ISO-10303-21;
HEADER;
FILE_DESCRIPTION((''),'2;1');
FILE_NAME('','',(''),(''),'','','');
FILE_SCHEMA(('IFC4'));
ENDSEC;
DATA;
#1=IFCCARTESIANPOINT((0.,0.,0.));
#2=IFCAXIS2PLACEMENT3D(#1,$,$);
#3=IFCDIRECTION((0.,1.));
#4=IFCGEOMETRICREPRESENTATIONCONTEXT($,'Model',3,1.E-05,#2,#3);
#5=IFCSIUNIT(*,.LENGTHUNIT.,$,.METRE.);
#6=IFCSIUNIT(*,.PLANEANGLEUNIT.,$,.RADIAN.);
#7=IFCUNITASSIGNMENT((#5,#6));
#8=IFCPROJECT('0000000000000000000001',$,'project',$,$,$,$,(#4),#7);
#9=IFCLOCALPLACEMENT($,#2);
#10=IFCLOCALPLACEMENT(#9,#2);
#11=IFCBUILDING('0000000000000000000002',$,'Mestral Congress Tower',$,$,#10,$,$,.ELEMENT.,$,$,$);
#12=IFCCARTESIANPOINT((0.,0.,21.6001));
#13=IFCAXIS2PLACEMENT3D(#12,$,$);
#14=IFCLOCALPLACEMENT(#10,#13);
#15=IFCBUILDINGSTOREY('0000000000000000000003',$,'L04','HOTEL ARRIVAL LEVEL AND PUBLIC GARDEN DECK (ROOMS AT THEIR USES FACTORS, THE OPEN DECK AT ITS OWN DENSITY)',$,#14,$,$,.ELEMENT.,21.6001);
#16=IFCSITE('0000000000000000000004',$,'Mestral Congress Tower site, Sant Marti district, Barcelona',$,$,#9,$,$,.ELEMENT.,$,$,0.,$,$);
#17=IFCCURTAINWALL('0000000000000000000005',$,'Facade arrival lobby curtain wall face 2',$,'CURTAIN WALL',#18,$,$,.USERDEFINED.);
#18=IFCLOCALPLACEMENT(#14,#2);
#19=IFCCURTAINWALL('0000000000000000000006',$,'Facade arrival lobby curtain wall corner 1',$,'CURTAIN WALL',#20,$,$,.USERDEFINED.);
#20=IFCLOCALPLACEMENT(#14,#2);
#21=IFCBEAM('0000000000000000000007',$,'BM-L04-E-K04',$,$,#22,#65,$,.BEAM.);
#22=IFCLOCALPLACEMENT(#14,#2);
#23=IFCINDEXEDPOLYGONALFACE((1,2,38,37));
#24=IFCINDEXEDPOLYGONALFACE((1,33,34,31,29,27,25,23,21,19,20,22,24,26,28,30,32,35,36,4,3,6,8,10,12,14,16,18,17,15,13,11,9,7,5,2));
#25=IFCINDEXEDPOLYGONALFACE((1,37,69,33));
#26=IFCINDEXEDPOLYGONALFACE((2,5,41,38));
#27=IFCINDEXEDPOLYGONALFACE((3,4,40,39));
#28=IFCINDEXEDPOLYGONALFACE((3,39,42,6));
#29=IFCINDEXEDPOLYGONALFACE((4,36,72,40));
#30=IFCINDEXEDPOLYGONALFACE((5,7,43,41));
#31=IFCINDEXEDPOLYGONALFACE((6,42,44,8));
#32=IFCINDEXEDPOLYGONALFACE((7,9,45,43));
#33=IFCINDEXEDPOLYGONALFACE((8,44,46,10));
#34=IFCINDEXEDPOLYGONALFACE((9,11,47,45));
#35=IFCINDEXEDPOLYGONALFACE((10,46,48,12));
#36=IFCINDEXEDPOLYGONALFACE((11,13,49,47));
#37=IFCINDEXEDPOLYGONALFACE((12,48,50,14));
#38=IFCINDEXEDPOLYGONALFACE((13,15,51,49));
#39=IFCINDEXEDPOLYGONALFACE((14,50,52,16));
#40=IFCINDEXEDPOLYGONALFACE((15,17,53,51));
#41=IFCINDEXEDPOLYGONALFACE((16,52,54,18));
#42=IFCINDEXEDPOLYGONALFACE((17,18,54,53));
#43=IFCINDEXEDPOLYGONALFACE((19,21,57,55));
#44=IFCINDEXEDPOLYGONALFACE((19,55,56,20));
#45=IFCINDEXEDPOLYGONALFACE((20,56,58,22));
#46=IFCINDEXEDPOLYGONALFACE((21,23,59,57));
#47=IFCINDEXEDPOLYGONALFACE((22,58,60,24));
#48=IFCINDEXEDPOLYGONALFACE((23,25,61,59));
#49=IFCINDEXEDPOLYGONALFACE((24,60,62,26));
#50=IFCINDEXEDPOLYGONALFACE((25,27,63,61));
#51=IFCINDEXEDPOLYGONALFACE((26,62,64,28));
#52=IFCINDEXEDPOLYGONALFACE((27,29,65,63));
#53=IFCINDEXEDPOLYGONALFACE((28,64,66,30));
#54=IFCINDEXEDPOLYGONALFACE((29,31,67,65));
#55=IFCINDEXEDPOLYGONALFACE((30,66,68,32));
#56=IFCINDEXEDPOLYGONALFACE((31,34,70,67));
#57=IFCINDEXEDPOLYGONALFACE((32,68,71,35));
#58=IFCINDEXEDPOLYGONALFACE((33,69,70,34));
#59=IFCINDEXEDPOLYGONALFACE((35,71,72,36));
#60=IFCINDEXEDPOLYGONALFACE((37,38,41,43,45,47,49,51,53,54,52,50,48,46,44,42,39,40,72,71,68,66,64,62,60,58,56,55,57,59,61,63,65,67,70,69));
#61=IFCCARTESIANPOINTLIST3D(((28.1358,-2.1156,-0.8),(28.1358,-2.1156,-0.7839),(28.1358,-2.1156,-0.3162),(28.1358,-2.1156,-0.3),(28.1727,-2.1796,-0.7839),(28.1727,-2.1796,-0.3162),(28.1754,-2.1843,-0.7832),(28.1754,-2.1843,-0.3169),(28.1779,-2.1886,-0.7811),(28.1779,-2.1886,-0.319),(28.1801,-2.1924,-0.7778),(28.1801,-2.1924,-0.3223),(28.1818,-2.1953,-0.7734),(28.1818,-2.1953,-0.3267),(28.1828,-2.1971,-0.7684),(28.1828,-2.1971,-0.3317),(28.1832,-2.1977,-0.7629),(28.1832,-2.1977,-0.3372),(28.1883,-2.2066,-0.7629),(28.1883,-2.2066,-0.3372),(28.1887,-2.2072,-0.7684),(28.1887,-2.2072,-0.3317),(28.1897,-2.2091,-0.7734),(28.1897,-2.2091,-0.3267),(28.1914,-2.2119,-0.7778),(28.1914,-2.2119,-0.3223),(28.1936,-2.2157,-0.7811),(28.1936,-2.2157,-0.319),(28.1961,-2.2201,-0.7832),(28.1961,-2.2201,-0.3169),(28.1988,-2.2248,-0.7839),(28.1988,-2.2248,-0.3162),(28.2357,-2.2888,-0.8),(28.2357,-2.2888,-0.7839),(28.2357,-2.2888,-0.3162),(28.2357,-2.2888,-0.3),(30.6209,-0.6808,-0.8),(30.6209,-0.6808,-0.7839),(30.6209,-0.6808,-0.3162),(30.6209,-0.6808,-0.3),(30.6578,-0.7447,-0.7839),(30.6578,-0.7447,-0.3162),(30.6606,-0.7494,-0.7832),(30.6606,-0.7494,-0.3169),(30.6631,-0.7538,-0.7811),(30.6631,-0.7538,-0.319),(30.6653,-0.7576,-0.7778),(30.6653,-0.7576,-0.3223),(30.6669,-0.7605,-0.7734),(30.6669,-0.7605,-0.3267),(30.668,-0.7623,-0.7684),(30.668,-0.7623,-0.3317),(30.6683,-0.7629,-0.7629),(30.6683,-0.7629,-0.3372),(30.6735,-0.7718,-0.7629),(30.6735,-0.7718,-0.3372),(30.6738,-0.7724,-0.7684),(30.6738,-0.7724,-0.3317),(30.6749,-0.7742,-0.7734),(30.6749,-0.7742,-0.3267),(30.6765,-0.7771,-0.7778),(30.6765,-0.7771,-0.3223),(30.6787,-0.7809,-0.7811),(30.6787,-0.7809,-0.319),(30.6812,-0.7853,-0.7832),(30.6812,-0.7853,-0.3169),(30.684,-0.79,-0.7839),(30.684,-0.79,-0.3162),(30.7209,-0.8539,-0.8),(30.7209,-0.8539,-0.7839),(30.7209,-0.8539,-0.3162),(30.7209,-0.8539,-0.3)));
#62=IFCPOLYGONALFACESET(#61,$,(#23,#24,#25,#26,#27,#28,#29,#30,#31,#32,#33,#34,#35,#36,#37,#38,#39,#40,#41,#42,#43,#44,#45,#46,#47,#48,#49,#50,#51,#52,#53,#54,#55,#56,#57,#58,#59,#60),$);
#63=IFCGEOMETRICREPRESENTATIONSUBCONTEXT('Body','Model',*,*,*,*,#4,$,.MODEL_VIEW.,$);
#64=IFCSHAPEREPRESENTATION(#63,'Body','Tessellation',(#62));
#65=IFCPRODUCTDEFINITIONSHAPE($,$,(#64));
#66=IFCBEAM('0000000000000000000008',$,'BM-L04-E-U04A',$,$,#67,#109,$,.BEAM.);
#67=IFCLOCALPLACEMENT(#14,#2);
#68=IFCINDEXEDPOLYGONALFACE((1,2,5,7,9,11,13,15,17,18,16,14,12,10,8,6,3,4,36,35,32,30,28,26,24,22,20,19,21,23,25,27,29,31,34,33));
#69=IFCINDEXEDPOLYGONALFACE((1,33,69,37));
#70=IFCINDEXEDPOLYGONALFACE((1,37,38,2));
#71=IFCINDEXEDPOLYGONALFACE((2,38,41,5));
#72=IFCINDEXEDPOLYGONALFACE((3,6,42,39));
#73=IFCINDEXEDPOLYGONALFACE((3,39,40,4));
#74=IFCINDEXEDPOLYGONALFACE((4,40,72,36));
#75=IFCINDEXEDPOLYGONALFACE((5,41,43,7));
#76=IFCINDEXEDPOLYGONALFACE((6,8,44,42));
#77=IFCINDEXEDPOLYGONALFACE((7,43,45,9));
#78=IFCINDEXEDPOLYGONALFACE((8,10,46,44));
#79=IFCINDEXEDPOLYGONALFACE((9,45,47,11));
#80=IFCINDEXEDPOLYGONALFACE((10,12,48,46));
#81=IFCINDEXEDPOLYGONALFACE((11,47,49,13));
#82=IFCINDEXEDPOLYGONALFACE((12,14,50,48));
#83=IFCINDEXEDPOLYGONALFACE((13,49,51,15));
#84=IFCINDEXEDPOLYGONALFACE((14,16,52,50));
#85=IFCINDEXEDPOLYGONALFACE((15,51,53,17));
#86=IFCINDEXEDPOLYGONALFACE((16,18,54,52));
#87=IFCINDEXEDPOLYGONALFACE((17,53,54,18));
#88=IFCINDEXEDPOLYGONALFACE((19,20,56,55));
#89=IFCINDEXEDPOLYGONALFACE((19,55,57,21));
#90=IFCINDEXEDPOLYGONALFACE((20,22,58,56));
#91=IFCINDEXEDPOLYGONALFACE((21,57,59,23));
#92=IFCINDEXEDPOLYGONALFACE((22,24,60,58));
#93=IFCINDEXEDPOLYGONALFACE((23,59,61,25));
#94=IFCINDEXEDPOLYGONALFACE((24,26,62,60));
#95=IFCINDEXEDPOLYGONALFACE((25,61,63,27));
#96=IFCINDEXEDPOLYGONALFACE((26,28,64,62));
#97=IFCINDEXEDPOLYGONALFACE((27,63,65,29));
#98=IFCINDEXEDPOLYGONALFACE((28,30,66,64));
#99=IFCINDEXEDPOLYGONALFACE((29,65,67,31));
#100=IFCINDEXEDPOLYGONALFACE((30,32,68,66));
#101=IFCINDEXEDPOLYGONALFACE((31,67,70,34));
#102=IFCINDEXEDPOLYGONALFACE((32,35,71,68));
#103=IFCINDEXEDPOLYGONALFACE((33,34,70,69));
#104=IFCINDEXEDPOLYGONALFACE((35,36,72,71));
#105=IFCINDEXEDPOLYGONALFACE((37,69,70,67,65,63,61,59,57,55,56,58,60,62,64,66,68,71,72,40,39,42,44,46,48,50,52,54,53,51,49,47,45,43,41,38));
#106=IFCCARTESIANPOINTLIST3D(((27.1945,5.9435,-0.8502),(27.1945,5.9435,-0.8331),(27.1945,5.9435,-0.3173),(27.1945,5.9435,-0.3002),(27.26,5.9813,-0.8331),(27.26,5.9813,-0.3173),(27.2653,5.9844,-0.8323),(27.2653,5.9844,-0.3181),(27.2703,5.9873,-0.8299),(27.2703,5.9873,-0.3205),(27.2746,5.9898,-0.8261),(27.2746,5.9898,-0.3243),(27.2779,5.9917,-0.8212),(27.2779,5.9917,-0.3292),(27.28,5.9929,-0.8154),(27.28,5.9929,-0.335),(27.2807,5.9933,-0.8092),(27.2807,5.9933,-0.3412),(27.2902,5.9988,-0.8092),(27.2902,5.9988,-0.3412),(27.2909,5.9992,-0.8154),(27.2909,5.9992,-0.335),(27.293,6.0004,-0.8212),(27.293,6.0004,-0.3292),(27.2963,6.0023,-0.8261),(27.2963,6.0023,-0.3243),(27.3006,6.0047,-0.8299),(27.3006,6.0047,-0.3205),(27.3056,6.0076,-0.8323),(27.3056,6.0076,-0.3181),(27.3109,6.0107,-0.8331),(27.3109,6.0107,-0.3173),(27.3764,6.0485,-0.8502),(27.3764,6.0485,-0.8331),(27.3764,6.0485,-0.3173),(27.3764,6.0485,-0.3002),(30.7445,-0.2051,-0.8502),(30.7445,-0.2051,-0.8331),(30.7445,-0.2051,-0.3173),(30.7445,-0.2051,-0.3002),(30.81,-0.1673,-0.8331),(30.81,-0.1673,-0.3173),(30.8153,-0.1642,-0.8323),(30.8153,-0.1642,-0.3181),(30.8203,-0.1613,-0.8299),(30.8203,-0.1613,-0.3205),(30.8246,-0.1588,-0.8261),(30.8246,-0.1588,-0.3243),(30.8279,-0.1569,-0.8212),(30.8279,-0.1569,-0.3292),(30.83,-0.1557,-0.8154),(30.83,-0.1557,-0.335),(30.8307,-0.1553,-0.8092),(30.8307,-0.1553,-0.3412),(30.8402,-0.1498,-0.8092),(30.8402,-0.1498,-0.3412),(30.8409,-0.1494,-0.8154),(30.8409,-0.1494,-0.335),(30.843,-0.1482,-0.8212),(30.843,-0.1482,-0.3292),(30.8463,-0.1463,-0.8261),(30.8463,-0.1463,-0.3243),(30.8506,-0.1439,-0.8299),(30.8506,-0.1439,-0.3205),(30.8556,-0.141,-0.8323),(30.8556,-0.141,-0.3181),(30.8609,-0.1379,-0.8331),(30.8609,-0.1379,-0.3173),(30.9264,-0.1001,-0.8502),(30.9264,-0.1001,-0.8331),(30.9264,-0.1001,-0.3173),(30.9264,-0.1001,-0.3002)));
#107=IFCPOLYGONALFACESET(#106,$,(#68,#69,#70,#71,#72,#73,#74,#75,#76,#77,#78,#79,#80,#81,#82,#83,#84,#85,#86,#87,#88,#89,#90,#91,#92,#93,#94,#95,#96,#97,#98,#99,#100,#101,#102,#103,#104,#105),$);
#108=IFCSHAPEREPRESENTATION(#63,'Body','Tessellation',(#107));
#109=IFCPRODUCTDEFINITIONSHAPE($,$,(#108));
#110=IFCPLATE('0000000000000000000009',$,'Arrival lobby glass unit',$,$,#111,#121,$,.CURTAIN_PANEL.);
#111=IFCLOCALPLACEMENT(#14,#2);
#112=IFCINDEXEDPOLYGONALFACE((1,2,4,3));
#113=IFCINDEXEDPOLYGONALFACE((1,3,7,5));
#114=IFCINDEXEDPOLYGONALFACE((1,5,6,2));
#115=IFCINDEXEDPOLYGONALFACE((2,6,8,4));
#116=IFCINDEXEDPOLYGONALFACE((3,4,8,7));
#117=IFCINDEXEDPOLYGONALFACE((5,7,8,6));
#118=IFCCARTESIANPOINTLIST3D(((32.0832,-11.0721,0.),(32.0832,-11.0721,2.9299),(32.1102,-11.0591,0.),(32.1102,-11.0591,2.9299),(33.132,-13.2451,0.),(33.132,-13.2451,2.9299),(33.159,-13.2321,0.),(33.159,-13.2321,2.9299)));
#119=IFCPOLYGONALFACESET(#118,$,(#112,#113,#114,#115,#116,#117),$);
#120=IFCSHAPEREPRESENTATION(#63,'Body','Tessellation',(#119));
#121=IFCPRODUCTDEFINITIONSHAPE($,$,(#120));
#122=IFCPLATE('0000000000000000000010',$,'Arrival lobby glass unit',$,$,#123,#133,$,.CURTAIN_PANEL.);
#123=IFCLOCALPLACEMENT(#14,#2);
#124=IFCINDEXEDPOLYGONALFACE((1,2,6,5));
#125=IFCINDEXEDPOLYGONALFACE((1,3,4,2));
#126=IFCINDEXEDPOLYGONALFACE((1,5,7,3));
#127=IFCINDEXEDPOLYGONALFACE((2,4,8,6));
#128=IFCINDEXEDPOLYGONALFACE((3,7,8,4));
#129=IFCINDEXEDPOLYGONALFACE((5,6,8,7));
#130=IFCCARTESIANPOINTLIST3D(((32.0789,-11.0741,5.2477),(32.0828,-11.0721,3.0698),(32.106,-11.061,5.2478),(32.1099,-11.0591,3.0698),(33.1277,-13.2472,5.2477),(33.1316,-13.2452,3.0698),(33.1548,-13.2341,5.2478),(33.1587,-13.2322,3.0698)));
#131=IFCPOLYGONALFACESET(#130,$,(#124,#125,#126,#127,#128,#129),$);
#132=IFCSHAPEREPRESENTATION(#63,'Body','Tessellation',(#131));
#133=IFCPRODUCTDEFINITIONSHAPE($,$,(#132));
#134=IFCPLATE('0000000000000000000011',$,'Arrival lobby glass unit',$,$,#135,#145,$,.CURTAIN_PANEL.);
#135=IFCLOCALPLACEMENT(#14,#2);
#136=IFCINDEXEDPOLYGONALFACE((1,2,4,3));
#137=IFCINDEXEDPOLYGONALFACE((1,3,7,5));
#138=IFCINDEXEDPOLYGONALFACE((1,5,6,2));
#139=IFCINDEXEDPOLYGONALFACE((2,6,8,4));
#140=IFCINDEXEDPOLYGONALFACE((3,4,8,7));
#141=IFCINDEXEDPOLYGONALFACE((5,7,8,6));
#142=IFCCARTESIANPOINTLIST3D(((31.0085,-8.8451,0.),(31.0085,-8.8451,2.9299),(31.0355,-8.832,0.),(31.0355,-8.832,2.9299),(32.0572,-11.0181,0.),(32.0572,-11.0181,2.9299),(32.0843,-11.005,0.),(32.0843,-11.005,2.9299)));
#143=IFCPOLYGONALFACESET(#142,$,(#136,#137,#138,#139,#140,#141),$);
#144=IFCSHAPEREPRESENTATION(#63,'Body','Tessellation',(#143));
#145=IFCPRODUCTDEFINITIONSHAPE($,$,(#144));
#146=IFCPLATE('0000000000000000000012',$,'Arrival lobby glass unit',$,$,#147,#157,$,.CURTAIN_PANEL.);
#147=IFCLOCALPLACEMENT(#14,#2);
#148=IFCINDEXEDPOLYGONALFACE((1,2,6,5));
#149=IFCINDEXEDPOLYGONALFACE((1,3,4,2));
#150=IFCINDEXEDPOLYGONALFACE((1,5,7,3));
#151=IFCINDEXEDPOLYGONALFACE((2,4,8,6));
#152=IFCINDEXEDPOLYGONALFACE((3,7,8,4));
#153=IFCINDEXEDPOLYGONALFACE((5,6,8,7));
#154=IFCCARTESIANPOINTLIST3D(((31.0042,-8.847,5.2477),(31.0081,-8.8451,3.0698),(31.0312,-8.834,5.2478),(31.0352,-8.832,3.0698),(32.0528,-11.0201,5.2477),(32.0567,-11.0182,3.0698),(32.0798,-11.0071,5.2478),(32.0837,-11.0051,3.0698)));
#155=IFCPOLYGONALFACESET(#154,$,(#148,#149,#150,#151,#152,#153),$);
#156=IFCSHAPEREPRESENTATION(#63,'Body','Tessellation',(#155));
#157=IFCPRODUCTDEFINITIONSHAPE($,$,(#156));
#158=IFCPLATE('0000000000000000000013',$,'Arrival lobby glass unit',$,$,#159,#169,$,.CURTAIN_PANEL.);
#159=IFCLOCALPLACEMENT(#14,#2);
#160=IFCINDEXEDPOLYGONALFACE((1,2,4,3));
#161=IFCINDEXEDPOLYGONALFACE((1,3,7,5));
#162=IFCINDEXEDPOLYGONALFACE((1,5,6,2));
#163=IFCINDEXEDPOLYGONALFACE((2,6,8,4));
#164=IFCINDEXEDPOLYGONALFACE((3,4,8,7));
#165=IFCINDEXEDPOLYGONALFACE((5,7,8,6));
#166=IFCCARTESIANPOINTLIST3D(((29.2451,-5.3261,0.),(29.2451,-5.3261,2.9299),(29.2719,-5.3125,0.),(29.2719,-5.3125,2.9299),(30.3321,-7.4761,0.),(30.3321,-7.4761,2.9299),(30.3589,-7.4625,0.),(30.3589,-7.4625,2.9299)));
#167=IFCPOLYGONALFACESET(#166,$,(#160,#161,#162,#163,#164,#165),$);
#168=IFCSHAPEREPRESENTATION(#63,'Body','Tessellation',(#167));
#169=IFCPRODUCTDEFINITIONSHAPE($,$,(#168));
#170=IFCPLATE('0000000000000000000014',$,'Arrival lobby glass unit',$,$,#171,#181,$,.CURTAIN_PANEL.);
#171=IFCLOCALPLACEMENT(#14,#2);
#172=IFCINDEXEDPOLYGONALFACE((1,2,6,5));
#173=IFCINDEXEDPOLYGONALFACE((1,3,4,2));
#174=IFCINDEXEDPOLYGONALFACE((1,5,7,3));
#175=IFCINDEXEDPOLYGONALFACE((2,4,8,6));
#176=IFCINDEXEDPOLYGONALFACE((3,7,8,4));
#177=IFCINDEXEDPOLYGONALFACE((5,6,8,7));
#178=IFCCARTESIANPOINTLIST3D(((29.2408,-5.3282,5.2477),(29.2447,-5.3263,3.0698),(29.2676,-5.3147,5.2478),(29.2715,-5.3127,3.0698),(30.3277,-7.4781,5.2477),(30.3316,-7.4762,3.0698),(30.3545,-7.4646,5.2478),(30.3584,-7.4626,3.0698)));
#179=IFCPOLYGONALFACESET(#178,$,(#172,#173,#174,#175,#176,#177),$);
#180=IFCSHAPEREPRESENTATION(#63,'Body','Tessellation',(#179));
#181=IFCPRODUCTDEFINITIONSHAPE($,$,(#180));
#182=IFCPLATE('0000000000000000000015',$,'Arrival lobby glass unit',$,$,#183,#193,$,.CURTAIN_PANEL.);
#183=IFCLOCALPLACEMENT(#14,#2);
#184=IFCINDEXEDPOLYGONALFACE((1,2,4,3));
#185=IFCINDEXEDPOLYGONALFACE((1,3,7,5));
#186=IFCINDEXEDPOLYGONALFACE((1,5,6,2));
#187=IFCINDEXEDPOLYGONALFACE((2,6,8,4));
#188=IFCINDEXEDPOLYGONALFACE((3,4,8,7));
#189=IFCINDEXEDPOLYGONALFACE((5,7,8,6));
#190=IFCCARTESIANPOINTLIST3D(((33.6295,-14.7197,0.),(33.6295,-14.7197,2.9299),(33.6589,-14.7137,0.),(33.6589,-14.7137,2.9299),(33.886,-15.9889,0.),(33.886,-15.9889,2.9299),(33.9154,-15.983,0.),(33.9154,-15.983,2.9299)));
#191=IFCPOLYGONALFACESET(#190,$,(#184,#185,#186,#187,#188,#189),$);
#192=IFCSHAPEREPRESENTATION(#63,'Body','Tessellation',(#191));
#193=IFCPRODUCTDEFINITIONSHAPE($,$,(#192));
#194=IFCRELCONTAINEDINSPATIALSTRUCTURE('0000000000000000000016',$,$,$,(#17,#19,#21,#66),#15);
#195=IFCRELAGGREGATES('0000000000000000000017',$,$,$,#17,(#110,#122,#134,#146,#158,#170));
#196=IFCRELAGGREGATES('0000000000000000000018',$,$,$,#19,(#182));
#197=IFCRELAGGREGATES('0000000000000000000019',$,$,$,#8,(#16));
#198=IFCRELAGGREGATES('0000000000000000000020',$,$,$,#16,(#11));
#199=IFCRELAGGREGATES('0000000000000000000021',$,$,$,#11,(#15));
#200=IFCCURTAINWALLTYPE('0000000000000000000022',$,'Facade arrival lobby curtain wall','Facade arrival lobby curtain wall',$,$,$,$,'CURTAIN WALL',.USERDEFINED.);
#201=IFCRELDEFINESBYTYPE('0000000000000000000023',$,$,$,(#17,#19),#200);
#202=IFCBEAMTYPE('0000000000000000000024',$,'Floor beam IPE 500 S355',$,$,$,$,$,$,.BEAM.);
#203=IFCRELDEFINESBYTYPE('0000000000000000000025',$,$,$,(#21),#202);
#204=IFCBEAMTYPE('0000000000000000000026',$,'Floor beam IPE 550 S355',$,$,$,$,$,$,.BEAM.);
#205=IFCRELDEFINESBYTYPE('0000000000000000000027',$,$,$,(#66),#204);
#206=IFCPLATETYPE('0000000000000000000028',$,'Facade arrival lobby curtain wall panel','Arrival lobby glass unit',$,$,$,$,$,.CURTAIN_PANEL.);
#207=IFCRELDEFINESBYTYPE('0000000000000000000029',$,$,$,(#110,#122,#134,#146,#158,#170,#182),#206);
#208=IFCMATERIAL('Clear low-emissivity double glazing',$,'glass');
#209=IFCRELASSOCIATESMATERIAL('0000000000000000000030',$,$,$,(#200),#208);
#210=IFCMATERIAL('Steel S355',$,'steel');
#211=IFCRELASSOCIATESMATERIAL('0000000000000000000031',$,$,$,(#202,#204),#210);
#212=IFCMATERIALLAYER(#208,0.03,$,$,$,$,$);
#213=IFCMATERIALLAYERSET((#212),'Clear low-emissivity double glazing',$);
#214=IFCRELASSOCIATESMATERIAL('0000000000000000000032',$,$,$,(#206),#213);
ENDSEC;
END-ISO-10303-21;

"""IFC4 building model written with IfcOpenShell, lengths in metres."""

from ifc_helpers import new_model, si_unit, direction, frame, origin, origin_2d, place, context, subcontext, project, spatial, polyline, rectangle, i_section, outline, extrude, material, layer, layer_set, material_profile, profile_set, type_object, element, aggregate, save


model = new_model("IFC4")

# Units and contexts
model_context = context("Model", 3, precision=1e-05, world=origin(), true_north=direction((0.0, 1.0)))
body_context = subcontext(model_context, "Body", "Model", "MODEL_VIEW")
ifc_project = project(units=[si_unit("LENGTHUNIT", "METRE"), si_unit("PLANEANGLEUNIT", "RADIAN")], contexts=[model_context])

# Site, building, storey
site_placement = place(None, origin())
site = spatial("IfcSite", under=ifc_project, at=site_placement, Name="Mestral Congress Tower site, Sant Marti district, Barcelona", CompositionType="ELEMENT", RefElevation=0.0)
building_placement = place(site_placement, origin())
building = spatial("IfcBuilding", under=site, at=building_placement, Name="Mestral Congress Tower", CompositionType="ELEMENT")
storey_placement = place(building_placement, frame((0.0, 0.0, 21.6001)))
storey = spatial("IfcBuildingStorey", under=building, at=storey_placement, Name="L04", Description="HOTEL ARRIVAL LEVEL AND PUBLIC GARDEN DECK (ROOMS AT THEIR USES FACTORS, THE OPEN DECK AT ITS OWN DENSITY)", CompositionType="ELEMENT", Elevation=21.6001)

# Curtain wall
ifc_material_1 = material(Name="Clear low-emissivity double glazing", Category="glass")
curtain_wall_type = type_object("IfcCurtainWallType", Name="Facade arrival lobby curtain wall", Description="Facade arrival lobby curtain wall", ElementType="CURTAIN WALL", PredefinedType="USERDEFINED", material=ifc_material_1)
placement = place(storey_placement, origin())
curtain_wall_1 = element("IfcCurtainWall", 1, at=placement, inside=storey, type_object=curtain_wall_type, Name="Facade arrival lobby curtain wall face 2", ObjectType="CURTAIN WALL", PredefinedType="USERDEFINED")

# Curtain wall
curtain_wall_2 = element("IfcCurtainWall", 2, at=placement, inside=storey, type_object=curtain_wall_type, Name="Facade arrival lobby curtain wall corner 1", ObjectType="CURTAIN WALL", PredefinedType="USERDEFINED")

# Beams
ifc_material_2 = material(Name="Steel S355", Category="steel")
ifc_material_profile_1 = material_profile(ifc_material_2, i_section(OverallWidth=0.2, OverallDepth=0.5, WebThickness=0.0103, FlangeThickness=0.0161, FilletRadius=0.021, at=origin_2d()), Name="IPE 500")
ifc_profile_set_1 = profile_set([ifc_material_profile_1], Name="Steel S355")
beam_type_1 = type_object("IfcBeamType", Name="Floor beam IPE 500 S355", PredefinedType="BEAM", material=ifc_profile_set_1)
beam_1_placement = place(storey_placement, frame((30.6709, -0.7673, -0.55), z_axis=(-0.86602, -0.50001, 0.0), x_axis=(0.50001, -0.86602, 0.0)))
element("IfcBeam", 3, at=beam_1_placement, inside=storey, type_object=beam_type_1, Name="BM-L04-E-K04", PredefinedType="BEAM", context=body_context, shape_type="SweptSolid", body=[
    extrude(i_section(OverallWidth=0.2, OverallDepth=0.5, WebThickness=0.0103, FlangeThickness=0.0161, FilletRadius=0.021, at=origin_2d()), origin(), (0.0, 0.0, 1.0), 2.8696),
])
ifc_material_profile_2 = material_profile(ifc_material_2, i_section(OverallWidth=0.21, OverallDepth=0.55, WebThickness=0.011, FlangeThickness=0.0171, FilletRadius=0.0239, at=origin_2d()), Name="IPE 550")
ifc_profile_set_2 = profile_set([ifc_material_profile_2], Name="Steel S355")
beam_type_2 = type_object("IfcBeamType", Name="Floor beam IPE 550 S355", PredefinedType="BEAM", material=ifc_profile_set_2)
beam_2_placement = place(storey_placement, frame((30.8354, -0.1526, -0.5752), z_axis=(-0.500011, 0.866019, 0.0), x_axis=(-0.866019, -0.500011, 0.0)))
element("IfcBeam", 4, at=beam_2_placement, inside=storey, type_object=beam_type_2, Name="BM-L04-E-U04A", PredefinedType="BEAM", context=body_context, shape_type="SweptSolid", body=[
    extrude(i_section(OverallWidth=0.21, OverallDepth=0.55, WebThickness=0.011, FlangeThickness=0.0171, FilletRadius=0.0239, at=origin_2d()), origin(), (0.0, 0.0, 1.0), 7.0999),
])

# Plates
ifc_layer = layer(ifc_material_1, 0.03)
ifc_layer_set = layer_set([ifc_layer], Name="Clear low-emissivity double glazing")
plate_type = type_object("IfcPlateType", Name="Facade arrival lobby curtain wall panel", Description="Arrival lobby glass unit", PredefinedType="CURTAIN_PANEL", material=ifc_layer_set)
plate_1_placement = place(storey_placement, frame((32.6211, -12.1521, 0.0), z_axis=(0.0, 0.0, 1.0), x_axis=(-0.434657, 0.900596, 0.0)))
plate_1 = element("IfcPlate", 5, at=plate_1_placement, type_object=plate_type, Name="Arrival lobby glass unit", PredefinedType="CURTAIN_PANEL", context=body_context, shape_type="SweptSolid", body=[
    extrude(rectangle(XDim=2.4128, YDim=0.03, at=origin_2d()), origin(), (0.0, 0.0, 1.0), 2.9299),
])
plate_2_placement = place(storey_placement, frame((32.1099, -11.0591, 3.0698), z_axis=(0.900591, 0.434663, 0.002005), x_axis=(0.434664, -0.900593, 0.0)))
plate_2 = element("IfcPlate", 6, at=plate_2_placement, type_object=plate_type, Name="Arrival lobby glass unit", PredefinedType="CURTAIN_PANEL", context=body_context, shape_type="SweptSolid", body=[
    extrude(outline(polyline([(0.0, 0.0), (2.413, 0.0), (2.413, -2.178), (0.0001, -2.178), (0.0, 0.0)])), origin(), (0.0, 0.0, -1.0), 0.03),
])
plate_3_placement = place(storey_placement, frame((31.5464, -9.925, 0.0), z_axis=(0.0, 0.0, 1.0), x_axis=(-0.434657, 0.900596, 0.0)))
plate_3 = element("IfcPlate", 7, at=plate_3_placement, type_object=plate_type, Name="Arrival lobby glass unit", PredefinedType="CURTAIN_PANEL", context=body_context, shape_type="SweptSolid", body=[
    extrude(rectangle(XDim=2.4128, YDim=0.03, at=origin_2d()), origin(), (0.0, 0.0, 1.0), 2.9299),
])
plate_4_placement = place(storey_placement, frame((31.0352, -8.832, 3.0698), z_axis=(0.90063, 0.434581, 0.002005), x_axis=(0.434582, -0.900632, 0.0)))
plate_4 = element("IfcPlate", 8, at=plate_4_placement, type_object=plate_type, Name="Arrival lobby glass unit", PredefinedType="CURTAIN_PANEL", context=body_context, shape_type="SweptSolid", body=[
    extrude(outline(polyline([(0.0, 0.0), (2.4129, 0.0), (2.4129, -2.178), (0.0001, -2.178), (0.0, 0.0)])), origin(), (0.0, 0.0, -1.0), 0.03),
])
plate_5_placement = place(storey_placement, frame((29.802, -6.3943, 0.0), z_axis=(0.0, 0.0, 1.0), x_axis=(-0.451217, 0.892414, 0.0)))
plate_5 = element("IfcPlate", 9, at=plate_5_placement, type_object=plate_type, Name="Arrival lobby glass unit", PredefinedType="CURTAIN_PANEL", context=body_context, shape_type="SweptSolid", body=[
    extrude(rectangle(XDim=2.4092, YDim=0.03, at=origin_2d()), origin(), (0.0, 0.0, 1.0), 2.9299),
])
plate_6_placement = place(storey_placement, frame((29.2715, -5.3127, 3.0698), z_axis=(0.89243, 0.451181, 0.002005), x_axis=(0.451182, -0.892432, 0.0)))
plate_6 = element("IfcPlate", 10, at=plate_6_placement, type_object=plate_type, Name="Arrival lobby glass unit", PredefinedType="CURTAIN_PANEL", context=body_context, shape_type="SweptSolid", body=[
    extrude(outline(polyline([(0.0, 0.0), (2.409, 0.0), (2.409, -2.178), (0.0, -2.178), (0.0, 0.0)])), origin(), (0.0, 0.0, -1.0), 0.03),
])
aggregate(curtain_wall_1, [plate_1, plate_2, plate_3, plate_4, plate_5, plate_6])
plate_7_placement = place(storey_placement, frame((33.7725, -15.3513, 0.0), z_axis=(0.0, 0.0, 1.0), x_axis=(-0.198078, 0.980186, 0.0)))
plate_7 = element("IfcPlate", 11, at=plate_7_placement, type_object=plate_type, Name="Arrival lobby glass unit", PredefinedType="CURTAIN_PANEL", context=body_context, shape_type="SweptSolid", body=[
    extrude(rectangle(XDim=1.2949, YDim=0.03, at=origin_2d()), origin(), (0.0, 0.0, 1.0), 2.9299),
])
aggregate(curtain_wall_2, [plate_7])

save(model, "model.ifc")
